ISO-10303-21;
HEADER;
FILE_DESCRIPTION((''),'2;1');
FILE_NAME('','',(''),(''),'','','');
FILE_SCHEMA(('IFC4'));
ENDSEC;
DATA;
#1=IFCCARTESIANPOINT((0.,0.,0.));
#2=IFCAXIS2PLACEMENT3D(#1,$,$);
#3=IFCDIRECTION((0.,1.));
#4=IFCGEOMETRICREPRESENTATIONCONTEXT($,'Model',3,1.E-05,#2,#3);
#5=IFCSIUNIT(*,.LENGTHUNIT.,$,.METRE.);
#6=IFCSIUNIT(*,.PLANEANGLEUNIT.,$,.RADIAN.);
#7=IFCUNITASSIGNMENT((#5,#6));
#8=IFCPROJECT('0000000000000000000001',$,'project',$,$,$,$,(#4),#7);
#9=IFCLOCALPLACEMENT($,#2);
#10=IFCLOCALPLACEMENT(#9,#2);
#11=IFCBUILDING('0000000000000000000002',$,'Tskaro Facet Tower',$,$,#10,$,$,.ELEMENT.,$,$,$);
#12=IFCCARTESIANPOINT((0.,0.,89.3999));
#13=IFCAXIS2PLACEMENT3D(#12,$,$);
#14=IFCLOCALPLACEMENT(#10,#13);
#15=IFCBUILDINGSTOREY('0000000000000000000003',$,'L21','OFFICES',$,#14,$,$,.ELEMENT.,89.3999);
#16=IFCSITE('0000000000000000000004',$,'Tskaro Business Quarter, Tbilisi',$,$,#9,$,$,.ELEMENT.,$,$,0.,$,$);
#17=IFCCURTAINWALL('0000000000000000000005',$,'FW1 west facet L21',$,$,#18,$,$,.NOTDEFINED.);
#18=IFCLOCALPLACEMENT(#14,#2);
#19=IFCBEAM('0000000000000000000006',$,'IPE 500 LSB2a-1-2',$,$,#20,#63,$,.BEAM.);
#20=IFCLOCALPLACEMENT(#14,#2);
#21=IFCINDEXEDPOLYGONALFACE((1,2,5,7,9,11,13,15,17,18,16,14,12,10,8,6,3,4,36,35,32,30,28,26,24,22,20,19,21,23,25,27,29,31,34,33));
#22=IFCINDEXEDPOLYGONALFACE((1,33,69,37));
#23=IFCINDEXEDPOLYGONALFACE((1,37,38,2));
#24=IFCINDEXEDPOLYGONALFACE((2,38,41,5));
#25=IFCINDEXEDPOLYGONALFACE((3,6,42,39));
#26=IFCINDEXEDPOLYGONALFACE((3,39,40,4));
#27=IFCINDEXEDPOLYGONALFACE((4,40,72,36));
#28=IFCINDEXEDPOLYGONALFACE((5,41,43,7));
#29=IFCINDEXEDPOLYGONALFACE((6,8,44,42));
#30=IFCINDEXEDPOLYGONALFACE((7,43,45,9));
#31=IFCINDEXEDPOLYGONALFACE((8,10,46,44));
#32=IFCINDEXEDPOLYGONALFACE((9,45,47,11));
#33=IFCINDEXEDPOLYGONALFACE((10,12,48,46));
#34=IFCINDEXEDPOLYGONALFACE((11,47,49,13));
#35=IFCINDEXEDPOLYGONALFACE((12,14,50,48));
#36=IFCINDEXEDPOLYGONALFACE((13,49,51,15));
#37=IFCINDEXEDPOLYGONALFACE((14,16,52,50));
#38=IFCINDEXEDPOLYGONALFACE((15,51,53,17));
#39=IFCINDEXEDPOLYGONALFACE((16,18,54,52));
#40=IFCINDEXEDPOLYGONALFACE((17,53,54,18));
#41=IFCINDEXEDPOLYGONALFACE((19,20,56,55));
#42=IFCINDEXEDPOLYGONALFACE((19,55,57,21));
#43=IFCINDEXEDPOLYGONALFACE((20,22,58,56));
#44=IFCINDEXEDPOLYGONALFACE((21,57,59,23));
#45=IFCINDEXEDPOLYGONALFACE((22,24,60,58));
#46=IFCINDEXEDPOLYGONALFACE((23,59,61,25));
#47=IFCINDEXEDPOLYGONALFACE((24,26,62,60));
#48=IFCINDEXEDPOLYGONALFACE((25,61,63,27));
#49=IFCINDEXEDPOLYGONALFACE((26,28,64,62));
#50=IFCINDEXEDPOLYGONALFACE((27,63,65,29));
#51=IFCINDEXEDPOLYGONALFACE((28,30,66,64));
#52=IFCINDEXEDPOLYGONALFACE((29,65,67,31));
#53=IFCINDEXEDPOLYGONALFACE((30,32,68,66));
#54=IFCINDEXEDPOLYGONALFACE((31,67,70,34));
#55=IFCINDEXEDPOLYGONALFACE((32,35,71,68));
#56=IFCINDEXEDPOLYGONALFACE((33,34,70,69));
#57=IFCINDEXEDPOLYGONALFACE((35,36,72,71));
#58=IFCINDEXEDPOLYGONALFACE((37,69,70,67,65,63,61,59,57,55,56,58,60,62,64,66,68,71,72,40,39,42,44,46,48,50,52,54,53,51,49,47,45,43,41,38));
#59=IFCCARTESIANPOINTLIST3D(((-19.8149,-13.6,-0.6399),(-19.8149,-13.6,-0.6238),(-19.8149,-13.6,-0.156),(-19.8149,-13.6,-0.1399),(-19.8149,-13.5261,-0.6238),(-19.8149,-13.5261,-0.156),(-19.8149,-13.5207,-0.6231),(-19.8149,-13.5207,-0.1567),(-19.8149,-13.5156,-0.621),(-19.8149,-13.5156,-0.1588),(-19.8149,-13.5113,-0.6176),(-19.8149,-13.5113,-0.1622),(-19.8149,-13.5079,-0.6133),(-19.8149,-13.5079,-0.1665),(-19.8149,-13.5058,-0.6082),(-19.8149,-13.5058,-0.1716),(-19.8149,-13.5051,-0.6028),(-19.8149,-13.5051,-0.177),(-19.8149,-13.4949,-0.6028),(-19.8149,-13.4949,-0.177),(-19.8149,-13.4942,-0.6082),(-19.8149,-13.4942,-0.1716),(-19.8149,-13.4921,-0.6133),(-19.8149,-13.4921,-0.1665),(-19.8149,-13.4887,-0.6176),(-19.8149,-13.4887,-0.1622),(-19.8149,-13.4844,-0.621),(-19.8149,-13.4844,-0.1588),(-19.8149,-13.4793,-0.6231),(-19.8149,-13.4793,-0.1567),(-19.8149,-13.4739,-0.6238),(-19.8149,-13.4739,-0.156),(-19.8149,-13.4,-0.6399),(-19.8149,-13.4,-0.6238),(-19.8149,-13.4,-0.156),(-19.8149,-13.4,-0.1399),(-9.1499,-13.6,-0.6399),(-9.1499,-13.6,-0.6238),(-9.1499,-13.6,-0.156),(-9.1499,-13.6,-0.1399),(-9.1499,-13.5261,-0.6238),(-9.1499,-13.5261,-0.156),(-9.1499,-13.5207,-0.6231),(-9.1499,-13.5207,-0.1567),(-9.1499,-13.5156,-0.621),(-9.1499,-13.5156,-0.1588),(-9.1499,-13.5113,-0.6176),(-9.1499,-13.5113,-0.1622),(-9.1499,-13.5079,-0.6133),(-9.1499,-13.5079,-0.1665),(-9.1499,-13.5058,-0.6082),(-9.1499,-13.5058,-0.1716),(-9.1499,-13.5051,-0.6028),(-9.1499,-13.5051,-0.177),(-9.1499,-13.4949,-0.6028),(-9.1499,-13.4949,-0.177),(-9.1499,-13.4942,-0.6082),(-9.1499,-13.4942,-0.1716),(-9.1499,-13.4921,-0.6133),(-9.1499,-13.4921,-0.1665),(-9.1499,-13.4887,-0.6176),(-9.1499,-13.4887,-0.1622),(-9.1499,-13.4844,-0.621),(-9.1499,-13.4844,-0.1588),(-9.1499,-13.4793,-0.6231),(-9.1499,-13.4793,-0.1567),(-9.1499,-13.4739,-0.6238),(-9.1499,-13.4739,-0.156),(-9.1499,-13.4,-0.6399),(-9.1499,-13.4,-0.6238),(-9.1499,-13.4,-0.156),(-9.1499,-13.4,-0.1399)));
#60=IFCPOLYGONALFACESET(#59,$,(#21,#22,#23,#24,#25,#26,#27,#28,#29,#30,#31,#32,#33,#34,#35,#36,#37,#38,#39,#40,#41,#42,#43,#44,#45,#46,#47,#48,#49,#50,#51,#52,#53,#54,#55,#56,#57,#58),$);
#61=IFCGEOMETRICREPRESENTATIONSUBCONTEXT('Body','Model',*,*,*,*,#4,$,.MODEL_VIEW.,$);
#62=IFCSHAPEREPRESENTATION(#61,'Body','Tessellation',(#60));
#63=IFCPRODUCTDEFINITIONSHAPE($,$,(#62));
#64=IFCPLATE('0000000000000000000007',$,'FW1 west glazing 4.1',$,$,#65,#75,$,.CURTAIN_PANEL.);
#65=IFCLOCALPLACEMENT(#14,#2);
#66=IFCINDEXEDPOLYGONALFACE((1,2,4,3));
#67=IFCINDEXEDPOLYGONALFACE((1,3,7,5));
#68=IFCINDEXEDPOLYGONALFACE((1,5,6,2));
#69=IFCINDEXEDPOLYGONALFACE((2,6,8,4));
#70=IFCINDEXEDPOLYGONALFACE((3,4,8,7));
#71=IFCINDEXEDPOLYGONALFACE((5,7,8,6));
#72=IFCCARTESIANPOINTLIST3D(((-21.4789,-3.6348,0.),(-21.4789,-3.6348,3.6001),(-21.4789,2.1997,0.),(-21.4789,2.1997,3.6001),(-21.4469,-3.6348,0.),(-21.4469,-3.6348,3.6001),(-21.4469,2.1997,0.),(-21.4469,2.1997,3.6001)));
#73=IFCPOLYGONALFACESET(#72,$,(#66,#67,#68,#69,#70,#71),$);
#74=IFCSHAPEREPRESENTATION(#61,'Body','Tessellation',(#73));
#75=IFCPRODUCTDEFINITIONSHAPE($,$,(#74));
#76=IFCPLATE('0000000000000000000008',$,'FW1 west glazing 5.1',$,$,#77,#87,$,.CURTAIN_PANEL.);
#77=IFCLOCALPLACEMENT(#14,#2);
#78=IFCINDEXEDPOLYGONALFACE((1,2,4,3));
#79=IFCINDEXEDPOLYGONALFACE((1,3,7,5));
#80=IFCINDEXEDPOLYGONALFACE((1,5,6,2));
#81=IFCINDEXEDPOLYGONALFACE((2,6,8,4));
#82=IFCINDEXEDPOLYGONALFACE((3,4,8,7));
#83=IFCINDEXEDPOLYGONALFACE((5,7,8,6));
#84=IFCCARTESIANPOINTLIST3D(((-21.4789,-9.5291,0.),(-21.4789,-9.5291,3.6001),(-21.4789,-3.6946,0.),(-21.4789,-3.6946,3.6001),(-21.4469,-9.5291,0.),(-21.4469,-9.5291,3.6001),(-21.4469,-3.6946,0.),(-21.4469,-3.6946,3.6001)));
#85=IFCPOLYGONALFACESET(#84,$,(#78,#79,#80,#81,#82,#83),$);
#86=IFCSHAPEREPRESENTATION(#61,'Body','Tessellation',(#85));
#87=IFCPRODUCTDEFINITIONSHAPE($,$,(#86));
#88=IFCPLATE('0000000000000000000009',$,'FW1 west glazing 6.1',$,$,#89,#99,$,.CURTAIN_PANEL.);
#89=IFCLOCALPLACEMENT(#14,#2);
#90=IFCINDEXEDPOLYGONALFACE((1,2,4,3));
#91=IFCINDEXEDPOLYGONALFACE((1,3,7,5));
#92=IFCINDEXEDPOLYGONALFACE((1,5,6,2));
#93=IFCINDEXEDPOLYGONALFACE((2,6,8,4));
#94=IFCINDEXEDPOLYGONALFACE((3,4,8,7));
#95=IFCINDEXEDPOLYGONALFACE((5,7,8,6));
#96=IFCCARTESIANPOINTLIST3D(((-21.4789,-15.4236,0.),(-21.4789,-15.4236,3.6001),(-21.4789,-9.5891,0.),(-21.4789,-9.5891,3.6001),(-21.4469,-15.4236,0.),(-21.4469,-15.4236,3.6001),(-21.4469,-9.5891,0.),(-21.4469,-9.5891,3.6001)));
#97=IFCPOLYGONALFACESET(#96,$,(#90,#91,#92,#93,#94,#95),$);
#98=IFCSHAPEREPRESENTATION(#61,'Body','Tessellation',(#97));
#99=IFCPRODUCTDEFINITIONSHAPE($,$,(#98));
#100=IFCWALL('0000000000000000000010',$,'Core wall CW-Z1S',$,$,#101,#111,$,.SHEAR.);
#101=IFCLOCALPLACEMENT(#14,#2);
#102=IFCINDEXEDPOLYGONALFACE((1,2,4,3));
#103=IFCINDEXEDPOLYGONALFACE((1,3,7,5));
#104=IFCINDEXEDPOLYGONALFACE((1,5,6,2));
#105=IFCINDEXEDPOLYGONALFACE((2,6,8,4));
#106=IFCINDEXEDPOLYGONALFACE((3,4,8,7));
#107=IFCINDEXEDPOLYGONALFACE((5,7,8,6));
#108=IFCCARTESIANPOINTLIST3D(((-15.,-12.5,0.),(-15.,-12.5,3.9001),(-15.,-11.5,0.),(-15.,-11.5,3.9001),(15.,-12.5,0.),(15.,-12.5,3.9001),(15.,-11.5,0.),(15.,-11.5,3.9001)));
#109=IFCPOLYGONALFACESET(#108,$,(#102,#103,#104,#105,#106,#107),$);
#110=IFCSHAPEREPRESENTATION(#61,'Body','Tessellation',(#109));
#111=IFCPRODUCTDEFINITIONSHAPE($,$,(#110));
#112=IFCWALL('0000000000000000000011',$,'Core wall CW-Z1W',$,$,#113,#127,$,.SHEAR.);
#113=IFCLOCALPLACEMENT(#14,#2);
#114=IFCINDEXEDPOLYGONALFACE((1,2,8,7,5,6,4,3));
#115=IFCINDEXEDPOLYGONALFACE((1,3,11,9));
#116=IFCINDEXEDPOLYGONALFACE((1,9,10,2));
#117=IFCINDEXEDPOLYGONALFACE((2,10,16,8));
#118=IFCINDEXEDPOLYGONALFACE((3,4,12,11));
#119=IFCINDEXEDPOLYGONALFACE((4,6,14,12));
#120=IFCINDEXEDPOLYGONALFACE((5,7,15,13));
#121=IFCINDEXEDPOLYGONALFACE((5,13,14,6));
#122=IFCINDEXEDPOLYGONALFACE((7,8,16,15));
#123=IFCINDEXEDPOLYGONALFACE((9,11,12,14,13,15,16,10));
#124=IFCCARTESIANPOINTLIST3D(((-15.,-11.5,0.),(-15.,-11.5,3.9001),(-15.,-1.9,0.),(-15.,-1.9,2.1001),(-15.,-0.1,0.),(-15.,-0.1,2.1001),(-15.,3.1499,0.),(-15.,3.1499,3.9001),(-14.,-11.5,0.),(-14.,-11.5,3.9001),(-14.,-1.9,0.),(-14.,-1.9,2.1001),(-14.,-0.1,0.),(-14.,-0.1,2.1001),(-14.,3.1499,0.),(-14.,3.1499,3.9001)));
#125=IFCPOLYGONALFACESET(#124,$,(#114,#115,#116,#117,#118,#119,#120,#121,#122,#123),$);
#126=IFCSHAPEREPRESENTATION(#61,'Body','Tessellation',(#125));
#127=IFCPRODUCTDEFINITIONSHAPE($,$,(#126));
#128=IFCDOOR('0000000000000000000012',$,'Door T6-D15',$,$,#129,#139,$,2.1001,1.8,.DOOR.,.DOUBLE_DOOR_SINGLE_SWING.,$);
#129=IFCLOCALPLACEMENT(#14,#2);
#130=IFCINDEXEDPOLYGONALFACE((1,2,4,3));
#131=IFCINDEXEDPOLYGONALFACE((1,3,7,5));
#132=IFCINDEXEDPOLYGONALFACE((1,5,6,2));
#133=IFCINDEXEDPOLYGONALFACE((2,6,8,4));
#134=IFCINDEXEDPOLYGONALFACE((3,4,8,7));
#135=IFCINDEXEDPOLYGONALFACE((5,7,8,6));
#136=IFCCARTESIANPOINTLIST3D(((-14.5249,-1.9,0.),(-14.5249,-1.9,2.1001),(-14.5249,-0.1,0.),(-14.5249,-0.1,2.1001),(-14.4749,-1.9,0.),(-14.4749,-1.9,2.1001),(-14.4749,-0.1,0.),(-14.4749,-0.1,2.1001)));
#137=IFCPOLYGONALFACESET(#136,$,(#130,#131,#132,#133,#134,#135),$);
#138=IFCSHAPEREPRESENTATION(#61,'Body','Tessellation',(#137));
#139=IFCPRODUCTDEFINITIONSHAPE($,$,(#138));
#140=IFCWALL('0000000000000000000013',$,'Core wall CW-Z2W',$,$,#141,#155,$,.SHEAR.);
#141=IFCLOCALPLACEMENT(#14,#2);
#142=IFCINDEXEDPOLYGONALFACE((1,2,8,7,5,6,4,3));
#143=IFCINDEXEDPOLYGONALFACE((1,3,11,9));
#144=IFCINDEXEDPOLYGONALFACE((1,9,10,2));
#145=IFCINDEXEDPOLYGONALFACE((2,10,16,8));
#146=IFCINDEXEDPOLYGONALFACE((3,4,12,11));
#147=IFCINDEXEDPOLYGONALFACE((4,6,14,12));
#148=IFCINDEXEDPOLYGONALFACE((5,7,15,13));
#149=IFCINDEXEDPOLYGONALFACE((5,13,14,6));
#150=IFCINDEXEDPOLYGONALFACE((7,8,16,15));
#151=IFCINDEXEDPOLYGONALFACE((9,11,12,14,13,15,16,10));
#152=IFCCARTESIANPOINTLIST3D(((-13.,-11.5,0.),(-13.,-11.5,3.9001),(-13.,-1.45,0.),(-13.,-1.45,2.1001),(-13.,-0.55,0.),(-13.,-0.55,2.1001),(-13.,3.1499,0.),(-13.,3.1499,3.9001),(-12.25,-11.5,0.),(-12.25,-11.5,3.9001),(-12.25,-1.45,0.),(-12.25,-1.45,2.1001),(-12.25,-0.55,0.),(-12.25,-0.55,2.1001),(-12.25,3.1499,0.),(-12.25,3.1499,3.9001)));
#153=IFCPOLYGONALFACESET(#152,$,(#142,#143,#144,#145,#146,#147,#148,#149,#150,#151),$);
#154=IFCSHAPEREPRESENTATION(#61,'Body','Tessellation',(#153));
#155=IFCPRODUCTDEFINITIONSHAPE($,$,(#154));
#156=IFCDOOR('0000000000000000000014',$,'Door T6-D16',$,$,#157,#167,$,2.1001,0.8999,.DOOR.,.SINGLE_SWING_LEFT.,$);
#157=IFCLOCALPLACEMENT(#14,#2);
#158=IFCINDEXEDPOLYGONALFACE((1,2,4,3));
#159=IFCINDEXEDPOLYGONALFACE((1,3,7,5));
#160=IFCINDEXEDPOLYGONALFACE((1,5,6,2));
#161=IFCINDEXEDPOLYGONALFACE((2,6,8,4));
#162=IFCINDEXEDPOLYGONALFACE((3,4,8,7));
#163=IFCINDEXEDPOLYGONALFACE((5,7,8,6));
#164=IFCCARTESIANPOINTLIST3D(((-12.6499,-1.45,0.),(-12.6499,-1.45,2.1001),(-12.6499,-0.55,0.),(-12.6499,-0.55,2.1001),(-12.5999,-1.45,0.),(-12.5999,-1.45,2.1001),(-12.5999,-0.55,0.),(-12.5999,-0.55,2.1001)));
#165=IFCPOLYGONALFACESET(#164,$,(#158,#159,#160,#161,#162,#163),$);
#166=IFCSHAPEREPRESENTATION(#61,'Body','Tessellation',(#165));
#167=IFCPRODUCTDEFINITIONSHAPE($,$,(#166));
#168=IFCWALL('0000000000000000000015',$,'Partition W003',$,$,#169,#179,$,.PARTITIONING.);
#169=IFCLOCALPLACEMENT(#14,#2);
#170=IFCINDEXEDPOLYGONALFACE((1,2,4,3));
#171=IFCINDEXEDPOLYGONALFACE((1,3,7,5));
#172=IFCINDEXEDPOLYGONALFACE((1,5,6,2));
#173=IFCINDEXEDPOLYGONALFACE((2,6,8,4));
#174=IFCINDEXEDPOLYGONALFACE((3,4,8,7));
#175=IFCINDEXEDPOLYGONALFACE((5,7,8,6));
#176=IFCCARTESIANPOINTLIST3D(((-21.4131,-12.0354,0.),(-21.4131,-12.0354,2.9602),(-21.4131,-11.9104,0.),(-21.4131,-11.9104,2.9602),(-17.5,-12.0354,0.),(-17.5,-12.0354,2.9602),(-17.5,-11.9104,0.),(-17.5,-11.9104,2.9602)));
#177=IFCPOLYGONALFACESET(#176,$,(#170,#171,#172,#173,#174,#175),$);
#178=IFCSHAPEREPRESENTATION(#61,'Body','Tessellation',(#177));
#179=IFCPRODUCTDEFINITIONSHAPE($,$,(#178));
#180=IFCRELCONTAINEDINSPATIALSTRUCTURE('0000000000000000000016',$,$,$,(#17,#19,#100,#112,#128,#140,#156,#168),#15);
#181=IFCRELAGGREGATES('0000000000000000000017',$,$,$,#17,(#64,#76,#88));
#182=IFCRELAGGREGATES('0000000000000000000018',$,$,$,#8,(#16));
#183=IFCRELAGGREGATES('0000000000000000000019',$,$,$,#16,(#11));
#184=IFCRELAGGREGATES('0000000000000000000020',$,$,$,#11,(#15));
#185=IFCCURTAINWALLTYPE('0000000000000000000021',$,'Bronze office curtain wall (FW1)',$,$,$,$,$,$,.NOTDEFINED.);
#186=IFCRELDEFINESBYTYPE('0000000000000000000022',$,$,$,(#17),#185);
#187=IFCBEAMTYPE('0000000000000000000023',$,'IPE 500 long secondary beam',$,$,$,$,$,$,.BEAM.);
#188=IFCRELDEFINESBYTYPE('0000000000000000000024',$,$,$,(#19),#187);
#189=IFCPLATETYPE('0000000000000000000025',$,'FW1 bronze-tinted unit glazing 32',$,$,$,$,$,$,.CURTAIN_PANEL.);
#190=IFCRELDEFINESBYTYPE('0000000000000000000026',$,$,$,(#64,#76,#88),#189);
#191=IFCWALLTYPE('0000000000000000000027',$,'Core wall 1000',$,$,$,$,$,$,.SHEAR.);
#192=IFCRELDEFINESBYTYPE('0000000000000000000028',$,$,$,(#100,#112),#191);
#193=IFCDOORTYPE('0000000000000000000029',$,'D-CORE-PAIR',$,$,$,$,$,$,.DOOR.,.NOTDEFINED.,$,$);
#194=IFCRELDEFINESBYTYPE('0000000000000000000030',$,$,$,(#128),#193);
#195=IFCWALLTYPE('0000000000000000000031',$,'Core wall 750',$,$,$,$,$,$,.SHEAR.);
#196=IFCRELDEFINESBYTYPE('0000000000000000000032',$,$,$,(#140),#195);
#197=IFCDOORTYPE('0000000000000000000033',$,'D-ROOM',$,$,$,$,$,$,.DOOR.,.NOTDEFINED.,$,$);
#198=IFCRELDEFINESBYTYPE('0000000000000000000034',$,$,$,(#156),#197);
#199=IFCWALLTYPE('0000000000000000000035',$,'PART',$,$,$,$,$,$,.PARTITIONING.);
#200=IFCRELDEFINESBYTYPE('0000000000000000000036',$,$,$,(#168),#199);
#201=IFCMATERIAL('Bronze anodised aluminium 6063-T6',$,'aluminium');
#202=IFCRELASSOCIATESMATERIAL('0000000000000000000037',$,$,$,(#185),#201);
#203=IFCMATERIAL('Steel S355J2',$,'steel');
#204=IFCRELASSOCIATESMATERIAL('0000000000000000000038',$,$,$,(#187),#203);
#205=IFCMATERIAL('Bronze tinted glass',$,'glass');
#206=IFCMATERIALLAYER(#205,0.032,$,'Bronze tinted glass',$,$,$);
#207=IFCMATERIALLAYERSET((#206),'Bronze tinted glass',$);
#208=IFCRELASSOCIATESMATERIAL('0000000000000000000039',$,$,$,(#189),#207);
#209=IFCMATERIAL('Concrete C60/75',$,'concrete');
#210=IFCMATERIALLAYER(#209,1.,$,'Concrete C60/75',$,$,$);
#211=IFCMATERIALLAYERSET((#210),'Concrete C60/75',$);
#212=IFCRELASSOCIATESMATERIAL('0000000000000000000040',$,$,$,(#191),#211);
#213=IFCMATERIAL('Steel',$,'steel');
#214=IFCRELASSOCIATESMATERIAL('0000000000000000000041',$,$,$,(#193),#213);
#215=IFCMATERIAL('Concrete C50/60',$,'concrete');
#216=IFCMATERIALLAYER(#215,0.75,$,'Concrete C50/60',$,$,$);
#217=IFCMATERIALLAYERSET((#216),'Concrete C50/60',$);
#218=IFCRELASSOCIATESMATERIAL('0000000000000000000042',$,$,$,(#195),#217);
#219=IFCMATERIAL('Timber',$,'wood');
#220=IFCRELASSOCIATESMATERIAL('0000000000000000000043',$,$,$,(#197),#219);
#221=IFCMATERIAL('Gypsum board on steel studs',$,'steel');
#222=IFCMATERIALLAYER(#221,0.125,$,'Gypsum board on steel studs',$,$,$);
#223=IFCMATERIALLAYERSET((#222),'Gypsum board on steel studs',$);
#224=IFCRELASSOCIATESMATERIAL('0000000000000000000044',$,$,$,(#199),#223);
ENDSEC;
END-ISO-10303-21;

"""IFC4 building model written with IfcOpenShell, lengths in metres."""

from ifc_helpers import new_model, si_unit, direction, frame, frame_2d, origin, origin_2d, place, context, subcontext, project, spatial, rectangle, i_section, extrude, material, layer, layer_set, material_profile, profile_set, type_object, element, fill, aggregate, save


model = new_model("IFC4")

# Units and contexts
model_context = context("Model", 3, precision=1e-05, world=origin(), true_north=direction((0.0, 1.0)))
body_context = subcontext(model_context, "Body", "Model", "MODEL_VIEW")
ifc_project = project(units=[si_unit("LENGTHUNIT", "METRE"), si_unit("PLANEANGLEUNIT", "RADIAN")], contexts=[model_context])

# Site, building, storey
site_placement = place(None, origin())
site = spatial("IfcSite", under=ifc_project, at=site_placement, Name="Tskaro Business Quarter, Tbilisi", CompositionType="ELEMENT", RefElevation=0.0)
building_placement = place(site_placement, origin())
building = spatial("IfcBuilding", under=site, at=building_placement, Name="Tskaro Facet Tower", CompositionType="ELEMENT")
storey_placement = place(building_placement, frame((0.0, 0.0, 89.3999)))
storey = spatial("IfcBuildingStorey", under=building, at=storey_placement, Name="L21", Description="OFFICES", CompositionType="ELEMENT", Elevation=89.3999)

# Curtain wall
ifc_material_1 = material(Name="Bronze anodised aluminium 6063-T6", Category="aluminium")
curtain_wall_type = type_object("IfcCurtainWallType", Name="Bronze office curtain wall (FW1)", PredefinedType="NOTDEFINED", material=ifc_material_1)
curtain_wall_placement = place(storey_placement, origin())
curtain_wall = element("IfcCurtainWall", 1, at=curtain_wall_placement, inside=storey, type_object=curtain_wall_type, Name="FW1 west facet L21", PredefinedType="NOTDEFINED")

# Beam
ifc_material_2 = material(Name="Steel S355J2", Category="steel")
ifc_material_profile_1 = material_profile(ifc_material_2, i_section(OverallWidth=0.2, OverallDepth=0.5, WebThickness=0.0103, FlangeThickness=0.0161, FilletRadius=0.021, at=origin_2d()), Name="IPE 500")
ifc_profile_set_1 = profile_set([ifc_material_profile_1], Name="Steel S355J2")
beam_type_1 = type_object("IfcBeamType", Name="IPE 500 long secondary beam", PredefinedType="BEAM", material=ifc_profile_set_1)
beam_1_placement = place(storey_placement, frame((-19.8149, -13.5, -0.3899), z_axis=(1.0, 0.0, 0.0), x_axis=(0.0, 1.0, 0.0)))
element("IfcBeam", 2, at=beam_1_placement, inside=storey, type_object=beam_type_1, Name="IPE 500 LSB2a-1-2", PredefinedType="BEAM", context=body_context, shape_type="SweptSolid", body=[
    extrude(i_section(OverallWidth=0.2, OverallDepth=0.5, WebThickness=0.0103, FlangeThickness=0.0161, FilletRadius=0.021, at=origin_2d()), origin(), (0.0, 0.0, 1.0), 10.665),
])

# Plates
ifc_material_3 = material(Name="Bronze tinted glass", Category="glass")
ifc_layer_1 = layer(ifc_material_3, 0.032, Name="Bronze tinted glass")
ifc_layer_set_1 = layer_set([ifc_layer_1], Name="Bronze tinted glass")
plate_type = type_object("IfcPlateType", Name="FW1 bronze-tinted unit glazing 32", PredefinedType="CURTAIN_PANEL", material=ifc_layer_set_1)
plate_1_placement = place(storey_placement, frame((-21.4629, -0.7175, 0.0), z_axis=(0.0, 0.0, 1.0), x_axis=(0.0, -1.0, 0.0)))
plate_1 = element("IfcPlate", 3, at=plate_1_placement, type_object=plate_type, Name="FW1 west glazing 4.1", PredefinedType="CURTAIN_PANEL", context=body_context, shape_type="SweptSolid", body=[
    extrude(rectangle(XDim=5.8345, YDim=0.032, at=origin_2d()), origin(), (0.0, 0.0, 1.0), 3.6001),
])
plate_2_placement = place(storey_placement, frame((-21.4629, -6.6118, 0.0), z_axis=(0.0, 0.0, 1.0), x_axis=(0.0, -1.0, 0.0)))
plate_2 = element("IfcPlate", 4, at=plate_2_placement, type_object=plate_type, Name="FW1 west glazing 5.1", PredefinedType="CURTAIN_PANEL", context=body_context, shape_type="SweptSolid", body=[
    extrude(rectangle(XDim=5.8345, YDim=0.032, at=origin_2d()), origin(), (0.0, 0.0, 1.0), 3.6001),
])
plate_3_placement = place(storey_placement, frame((-21.4629, -12.5063, 0.0), z_axis=(0.0, 0.0, 1.0), x_axis=(0.0, -1.0, 0.0)))
plate_3 = element("IfcPlate", 5, at=plate_3_placement, type_object=plate_type, Name="FW1 west glazing 6.1", PredefinedType="CURTAIN_PANEL", context=body_context, shape_type="SweptSolid", body=[
    extrude(rectangle(XDim=5.8345, YDim=0.032, at=origin_2d()), origin(), (0.0, 0.0, 1.0), 3.6001),
])
aggregate(curtain_wall, [plate_1, plate_2, plate_3])

# Wall
ifc_material_4 = material(Name="Concrete C60/75", Category="concrete")
ifc_layer_2 = layer(ifc_material_4, 1.0, Name="Concrete C60/75")
ifc_layer_set_2 = layer_set([ifc_layer_2], Name="Concrete C60/75")
wall_type_1 = type_object("IfcWallType", Name="Core wall 1000", PredefinedType="SHEAR", material=ifc_layer_set_2)
wall_1_placement = place(storey_placement, frame((-15.0, -12.0, 0.0), z_axis=(0.0, 0.0, 1.0), x_axis=(1.0, 0.0, 0.0)))
element("IfcWall", 6, at=wall_1_placement, inside=storey, type_object=wall_type_1, Name="Core wall CW-Z1S", PredefinedType="SHEAR", context=body_context, shape_type="SweptSolid", body=[
    extrude(rectangle(XDim=30.0, YDim=1.0, at=frame_2d((15.0, 0.0))), origin(), (0.0, 0.0, 1.0), 3.9001),
])

# Walls, openings, doors
wall_2_placement = place(storey_placement, frame((-14.5, -11.5, 0.0), z_axis=(0.0, 0.0, 1.0), x_axis=(0.0, 1.0, 0.0)))
wall_2 = element("IfcWall", 7, at=wall_2_placement, inside=storey, type_object=wall_type_1, Name="Core wall CW-Z1W", PredefinedType="SHEAR", context=body_context, shape_type="SweptSolid", body=[
    extrude(rectangle(XDim=14.6499, YDim=1.0, at=frame_2d((7.325, 0.0))), origin(), (0.0, 0.0, 1.0), 3.9001),
])
opening_1_placement = place(wall_2_placement, frame((9.6001, 0.0, 0.0)))
opening_1 = element("IfcOpeningElement", 8, at=opening_1_placement, cuts=wall_2, PredefinedType="OPENING", context=body_context, shape_type="SweptSolid", body=[
    extrude(rectangle(XDim=1.8, YDim=2.1001, at=frame_2d((0.8999, 1.05))), frame((0.0, 0.51, 0.0), z_axis=(0.0, -1.0, 0.0), x_axis=(1.0, 0.0, 0.0)), (0.0, 0.0, 1.0), 1.02),
])
ifc_material_5 = material(Name="Steel", Category="steel")
door_type_1 = type_object("IfcDoorType", Name="D-CORE-PAIR", OperationType="NOTDEFINED", PredefinedType="DOOR", material=ifc_material_5)
door_1_placement = place(opening_1_placement, origin())
door_1 = element("IfcDoor", 9, at=door_1_placement, inside=storey, type_object=door_type_1, Name="Door T6-D15", OperationType="DOUBLE_DOOR_SINGLE_SWING", OverallHeight=2.1001, OverallWidth=1.8, PredefinedType="DOOR", context=body_context, shape_type="SweptSolid", body=[
    extrude(rectangle(XDim=1.8, YDim=2.1001, at=frame_2d((0.8999, 1.05))), frame((0.0, 0.0249, 0.0), z_axis=(0.0, -1.0, 0.0), x_axis=(1.0, 0.0, 0.0)), (0.0, 0.0, 1.0), 0.05),
])
fill(opening_1, door_1)
ifc_material_6 = material(Name="Concrete C50/60", Category="concrete")
ifc_layer_3 = layer(ifc_material_6, 0.75, Name="Concrete C50/60")
ifc_layer_set_3 = layer_set([ifc_layer_3], Name="Concrete C50/60")
wall_type_2 = type_object("IfcWallType", Name="Core wall 750", PredefinedType="SHEAR", material=ifc_layer_set_3)
wall_3_placement = place(storey_placement, frame((-12.625, -11.5, 0.0), z_axis=(0.0, 0.0, 1.0), x_axis=(0.0, 1.0, 0.0)))
wall_3 = element("IfcWall", 10, at=wall_3_placement, inside=storey, type_object=wall_type_2, Name="Core wall CW-Z2W", PredefinedType="SHEAR", context=body_context, shape_type="SweptSolid", body=[
    extrude(rectangle(XDim=14.6499, YDim=0.75, at=frame_2d((7.325, 0.0))), origin(), (0.0, 0.0, 1.0), 3.9001),
])
opening_2_placement = place(wall_3_placement, frame((10.05, 0.0, 0.0)))
opening_2 = element("IfcOpeningElement", 11, at=opening_2_placement, cuts=wall_3, PredefinedType="OPENING", context=body_context, shape_type="SweptSolid", body=[
    extrude(rectangle(XDim=0.8999, YDim=2.1001, at=frame_2d((0.45, 1.05))), frame((0.0, 0.385, 0.0), z_axis=(0.0, -1.0, 0.0), x_axis=(1.0, 0.0, 0.0)), (0.0, 0.0, 1.0), 0.77),
])
ifc_material_7 = material(Name="Timber", Category="wood")
door_type_2 = type_object("IfcDoorType", Name="D-ROOM", OperationType="NOTDEFINED", PredefinedType="DOOR", material=ifc_material_7)
door_2_placement = place(opening_2_placement, origin())
door_2 = element("IfcDoor", 12, at=door_2_placement, inside=storey, type_object=door_type_2, Name="Door T6-D16", OperationType="SINGLE_SWING_LEFT", OverallHeight=2.1001, OverallWidth=0.8999, PredefinedType="DOOR", context=body_context, shape_type="SweptSolid", body=[
    extrude(rectangle(XDim=0.8999, YDim=2.1001, at=frame_2d((0.45, 1.05))), frame((0.0, 0.0249, 0.0), z_axis=(0.0, -1.0, 0.0), x_axis=(1.0, 0.0, 0.0)), (0.0, 0.0, 1.0), 0.05),
])
fill(opening_2, door_2)

# Wall
ifc_material_8 = material(Name="Gypsum board on steel studs", Category="steel")
ifc_layer_4 = layer(ifc_material_8, 0.125, Name="Gypsum board on steel studs")
ifc_layer_set_4 = layer_set([ifc_layer_4], Name="Gypsum board on steel studs")
wall_type_3 = type_object("IfcWallType", Name="PART", PredefinedType="PARTITIONING", material=ifc_layer_set_4)
for number, where, z_axis, x_axis, name in (
    (13, (-21.4131, -11.9729, 0.0), (0.0, 0.0, 1.0), (1.0, 0.0, 0.0), "Partition W003"),
):
    element("IfcWall", number, at=place(storey_placement, frame(where, z_axis=z_axis, x_axis=x_axis)), inside=storey, type_object=wall_type_3, Name=name, PredefinedType="PARTITIONING", context=body_context, shape_type="SweptSolid", body=[
        extrude(rectangle(XDim=3.9131, YDim=0.125, at=frame_2d((1.9565, 0.0))), origin(), (0.0, 0.0, 1.0), 2.9602),
    ])

save(model, "model.ifc")
